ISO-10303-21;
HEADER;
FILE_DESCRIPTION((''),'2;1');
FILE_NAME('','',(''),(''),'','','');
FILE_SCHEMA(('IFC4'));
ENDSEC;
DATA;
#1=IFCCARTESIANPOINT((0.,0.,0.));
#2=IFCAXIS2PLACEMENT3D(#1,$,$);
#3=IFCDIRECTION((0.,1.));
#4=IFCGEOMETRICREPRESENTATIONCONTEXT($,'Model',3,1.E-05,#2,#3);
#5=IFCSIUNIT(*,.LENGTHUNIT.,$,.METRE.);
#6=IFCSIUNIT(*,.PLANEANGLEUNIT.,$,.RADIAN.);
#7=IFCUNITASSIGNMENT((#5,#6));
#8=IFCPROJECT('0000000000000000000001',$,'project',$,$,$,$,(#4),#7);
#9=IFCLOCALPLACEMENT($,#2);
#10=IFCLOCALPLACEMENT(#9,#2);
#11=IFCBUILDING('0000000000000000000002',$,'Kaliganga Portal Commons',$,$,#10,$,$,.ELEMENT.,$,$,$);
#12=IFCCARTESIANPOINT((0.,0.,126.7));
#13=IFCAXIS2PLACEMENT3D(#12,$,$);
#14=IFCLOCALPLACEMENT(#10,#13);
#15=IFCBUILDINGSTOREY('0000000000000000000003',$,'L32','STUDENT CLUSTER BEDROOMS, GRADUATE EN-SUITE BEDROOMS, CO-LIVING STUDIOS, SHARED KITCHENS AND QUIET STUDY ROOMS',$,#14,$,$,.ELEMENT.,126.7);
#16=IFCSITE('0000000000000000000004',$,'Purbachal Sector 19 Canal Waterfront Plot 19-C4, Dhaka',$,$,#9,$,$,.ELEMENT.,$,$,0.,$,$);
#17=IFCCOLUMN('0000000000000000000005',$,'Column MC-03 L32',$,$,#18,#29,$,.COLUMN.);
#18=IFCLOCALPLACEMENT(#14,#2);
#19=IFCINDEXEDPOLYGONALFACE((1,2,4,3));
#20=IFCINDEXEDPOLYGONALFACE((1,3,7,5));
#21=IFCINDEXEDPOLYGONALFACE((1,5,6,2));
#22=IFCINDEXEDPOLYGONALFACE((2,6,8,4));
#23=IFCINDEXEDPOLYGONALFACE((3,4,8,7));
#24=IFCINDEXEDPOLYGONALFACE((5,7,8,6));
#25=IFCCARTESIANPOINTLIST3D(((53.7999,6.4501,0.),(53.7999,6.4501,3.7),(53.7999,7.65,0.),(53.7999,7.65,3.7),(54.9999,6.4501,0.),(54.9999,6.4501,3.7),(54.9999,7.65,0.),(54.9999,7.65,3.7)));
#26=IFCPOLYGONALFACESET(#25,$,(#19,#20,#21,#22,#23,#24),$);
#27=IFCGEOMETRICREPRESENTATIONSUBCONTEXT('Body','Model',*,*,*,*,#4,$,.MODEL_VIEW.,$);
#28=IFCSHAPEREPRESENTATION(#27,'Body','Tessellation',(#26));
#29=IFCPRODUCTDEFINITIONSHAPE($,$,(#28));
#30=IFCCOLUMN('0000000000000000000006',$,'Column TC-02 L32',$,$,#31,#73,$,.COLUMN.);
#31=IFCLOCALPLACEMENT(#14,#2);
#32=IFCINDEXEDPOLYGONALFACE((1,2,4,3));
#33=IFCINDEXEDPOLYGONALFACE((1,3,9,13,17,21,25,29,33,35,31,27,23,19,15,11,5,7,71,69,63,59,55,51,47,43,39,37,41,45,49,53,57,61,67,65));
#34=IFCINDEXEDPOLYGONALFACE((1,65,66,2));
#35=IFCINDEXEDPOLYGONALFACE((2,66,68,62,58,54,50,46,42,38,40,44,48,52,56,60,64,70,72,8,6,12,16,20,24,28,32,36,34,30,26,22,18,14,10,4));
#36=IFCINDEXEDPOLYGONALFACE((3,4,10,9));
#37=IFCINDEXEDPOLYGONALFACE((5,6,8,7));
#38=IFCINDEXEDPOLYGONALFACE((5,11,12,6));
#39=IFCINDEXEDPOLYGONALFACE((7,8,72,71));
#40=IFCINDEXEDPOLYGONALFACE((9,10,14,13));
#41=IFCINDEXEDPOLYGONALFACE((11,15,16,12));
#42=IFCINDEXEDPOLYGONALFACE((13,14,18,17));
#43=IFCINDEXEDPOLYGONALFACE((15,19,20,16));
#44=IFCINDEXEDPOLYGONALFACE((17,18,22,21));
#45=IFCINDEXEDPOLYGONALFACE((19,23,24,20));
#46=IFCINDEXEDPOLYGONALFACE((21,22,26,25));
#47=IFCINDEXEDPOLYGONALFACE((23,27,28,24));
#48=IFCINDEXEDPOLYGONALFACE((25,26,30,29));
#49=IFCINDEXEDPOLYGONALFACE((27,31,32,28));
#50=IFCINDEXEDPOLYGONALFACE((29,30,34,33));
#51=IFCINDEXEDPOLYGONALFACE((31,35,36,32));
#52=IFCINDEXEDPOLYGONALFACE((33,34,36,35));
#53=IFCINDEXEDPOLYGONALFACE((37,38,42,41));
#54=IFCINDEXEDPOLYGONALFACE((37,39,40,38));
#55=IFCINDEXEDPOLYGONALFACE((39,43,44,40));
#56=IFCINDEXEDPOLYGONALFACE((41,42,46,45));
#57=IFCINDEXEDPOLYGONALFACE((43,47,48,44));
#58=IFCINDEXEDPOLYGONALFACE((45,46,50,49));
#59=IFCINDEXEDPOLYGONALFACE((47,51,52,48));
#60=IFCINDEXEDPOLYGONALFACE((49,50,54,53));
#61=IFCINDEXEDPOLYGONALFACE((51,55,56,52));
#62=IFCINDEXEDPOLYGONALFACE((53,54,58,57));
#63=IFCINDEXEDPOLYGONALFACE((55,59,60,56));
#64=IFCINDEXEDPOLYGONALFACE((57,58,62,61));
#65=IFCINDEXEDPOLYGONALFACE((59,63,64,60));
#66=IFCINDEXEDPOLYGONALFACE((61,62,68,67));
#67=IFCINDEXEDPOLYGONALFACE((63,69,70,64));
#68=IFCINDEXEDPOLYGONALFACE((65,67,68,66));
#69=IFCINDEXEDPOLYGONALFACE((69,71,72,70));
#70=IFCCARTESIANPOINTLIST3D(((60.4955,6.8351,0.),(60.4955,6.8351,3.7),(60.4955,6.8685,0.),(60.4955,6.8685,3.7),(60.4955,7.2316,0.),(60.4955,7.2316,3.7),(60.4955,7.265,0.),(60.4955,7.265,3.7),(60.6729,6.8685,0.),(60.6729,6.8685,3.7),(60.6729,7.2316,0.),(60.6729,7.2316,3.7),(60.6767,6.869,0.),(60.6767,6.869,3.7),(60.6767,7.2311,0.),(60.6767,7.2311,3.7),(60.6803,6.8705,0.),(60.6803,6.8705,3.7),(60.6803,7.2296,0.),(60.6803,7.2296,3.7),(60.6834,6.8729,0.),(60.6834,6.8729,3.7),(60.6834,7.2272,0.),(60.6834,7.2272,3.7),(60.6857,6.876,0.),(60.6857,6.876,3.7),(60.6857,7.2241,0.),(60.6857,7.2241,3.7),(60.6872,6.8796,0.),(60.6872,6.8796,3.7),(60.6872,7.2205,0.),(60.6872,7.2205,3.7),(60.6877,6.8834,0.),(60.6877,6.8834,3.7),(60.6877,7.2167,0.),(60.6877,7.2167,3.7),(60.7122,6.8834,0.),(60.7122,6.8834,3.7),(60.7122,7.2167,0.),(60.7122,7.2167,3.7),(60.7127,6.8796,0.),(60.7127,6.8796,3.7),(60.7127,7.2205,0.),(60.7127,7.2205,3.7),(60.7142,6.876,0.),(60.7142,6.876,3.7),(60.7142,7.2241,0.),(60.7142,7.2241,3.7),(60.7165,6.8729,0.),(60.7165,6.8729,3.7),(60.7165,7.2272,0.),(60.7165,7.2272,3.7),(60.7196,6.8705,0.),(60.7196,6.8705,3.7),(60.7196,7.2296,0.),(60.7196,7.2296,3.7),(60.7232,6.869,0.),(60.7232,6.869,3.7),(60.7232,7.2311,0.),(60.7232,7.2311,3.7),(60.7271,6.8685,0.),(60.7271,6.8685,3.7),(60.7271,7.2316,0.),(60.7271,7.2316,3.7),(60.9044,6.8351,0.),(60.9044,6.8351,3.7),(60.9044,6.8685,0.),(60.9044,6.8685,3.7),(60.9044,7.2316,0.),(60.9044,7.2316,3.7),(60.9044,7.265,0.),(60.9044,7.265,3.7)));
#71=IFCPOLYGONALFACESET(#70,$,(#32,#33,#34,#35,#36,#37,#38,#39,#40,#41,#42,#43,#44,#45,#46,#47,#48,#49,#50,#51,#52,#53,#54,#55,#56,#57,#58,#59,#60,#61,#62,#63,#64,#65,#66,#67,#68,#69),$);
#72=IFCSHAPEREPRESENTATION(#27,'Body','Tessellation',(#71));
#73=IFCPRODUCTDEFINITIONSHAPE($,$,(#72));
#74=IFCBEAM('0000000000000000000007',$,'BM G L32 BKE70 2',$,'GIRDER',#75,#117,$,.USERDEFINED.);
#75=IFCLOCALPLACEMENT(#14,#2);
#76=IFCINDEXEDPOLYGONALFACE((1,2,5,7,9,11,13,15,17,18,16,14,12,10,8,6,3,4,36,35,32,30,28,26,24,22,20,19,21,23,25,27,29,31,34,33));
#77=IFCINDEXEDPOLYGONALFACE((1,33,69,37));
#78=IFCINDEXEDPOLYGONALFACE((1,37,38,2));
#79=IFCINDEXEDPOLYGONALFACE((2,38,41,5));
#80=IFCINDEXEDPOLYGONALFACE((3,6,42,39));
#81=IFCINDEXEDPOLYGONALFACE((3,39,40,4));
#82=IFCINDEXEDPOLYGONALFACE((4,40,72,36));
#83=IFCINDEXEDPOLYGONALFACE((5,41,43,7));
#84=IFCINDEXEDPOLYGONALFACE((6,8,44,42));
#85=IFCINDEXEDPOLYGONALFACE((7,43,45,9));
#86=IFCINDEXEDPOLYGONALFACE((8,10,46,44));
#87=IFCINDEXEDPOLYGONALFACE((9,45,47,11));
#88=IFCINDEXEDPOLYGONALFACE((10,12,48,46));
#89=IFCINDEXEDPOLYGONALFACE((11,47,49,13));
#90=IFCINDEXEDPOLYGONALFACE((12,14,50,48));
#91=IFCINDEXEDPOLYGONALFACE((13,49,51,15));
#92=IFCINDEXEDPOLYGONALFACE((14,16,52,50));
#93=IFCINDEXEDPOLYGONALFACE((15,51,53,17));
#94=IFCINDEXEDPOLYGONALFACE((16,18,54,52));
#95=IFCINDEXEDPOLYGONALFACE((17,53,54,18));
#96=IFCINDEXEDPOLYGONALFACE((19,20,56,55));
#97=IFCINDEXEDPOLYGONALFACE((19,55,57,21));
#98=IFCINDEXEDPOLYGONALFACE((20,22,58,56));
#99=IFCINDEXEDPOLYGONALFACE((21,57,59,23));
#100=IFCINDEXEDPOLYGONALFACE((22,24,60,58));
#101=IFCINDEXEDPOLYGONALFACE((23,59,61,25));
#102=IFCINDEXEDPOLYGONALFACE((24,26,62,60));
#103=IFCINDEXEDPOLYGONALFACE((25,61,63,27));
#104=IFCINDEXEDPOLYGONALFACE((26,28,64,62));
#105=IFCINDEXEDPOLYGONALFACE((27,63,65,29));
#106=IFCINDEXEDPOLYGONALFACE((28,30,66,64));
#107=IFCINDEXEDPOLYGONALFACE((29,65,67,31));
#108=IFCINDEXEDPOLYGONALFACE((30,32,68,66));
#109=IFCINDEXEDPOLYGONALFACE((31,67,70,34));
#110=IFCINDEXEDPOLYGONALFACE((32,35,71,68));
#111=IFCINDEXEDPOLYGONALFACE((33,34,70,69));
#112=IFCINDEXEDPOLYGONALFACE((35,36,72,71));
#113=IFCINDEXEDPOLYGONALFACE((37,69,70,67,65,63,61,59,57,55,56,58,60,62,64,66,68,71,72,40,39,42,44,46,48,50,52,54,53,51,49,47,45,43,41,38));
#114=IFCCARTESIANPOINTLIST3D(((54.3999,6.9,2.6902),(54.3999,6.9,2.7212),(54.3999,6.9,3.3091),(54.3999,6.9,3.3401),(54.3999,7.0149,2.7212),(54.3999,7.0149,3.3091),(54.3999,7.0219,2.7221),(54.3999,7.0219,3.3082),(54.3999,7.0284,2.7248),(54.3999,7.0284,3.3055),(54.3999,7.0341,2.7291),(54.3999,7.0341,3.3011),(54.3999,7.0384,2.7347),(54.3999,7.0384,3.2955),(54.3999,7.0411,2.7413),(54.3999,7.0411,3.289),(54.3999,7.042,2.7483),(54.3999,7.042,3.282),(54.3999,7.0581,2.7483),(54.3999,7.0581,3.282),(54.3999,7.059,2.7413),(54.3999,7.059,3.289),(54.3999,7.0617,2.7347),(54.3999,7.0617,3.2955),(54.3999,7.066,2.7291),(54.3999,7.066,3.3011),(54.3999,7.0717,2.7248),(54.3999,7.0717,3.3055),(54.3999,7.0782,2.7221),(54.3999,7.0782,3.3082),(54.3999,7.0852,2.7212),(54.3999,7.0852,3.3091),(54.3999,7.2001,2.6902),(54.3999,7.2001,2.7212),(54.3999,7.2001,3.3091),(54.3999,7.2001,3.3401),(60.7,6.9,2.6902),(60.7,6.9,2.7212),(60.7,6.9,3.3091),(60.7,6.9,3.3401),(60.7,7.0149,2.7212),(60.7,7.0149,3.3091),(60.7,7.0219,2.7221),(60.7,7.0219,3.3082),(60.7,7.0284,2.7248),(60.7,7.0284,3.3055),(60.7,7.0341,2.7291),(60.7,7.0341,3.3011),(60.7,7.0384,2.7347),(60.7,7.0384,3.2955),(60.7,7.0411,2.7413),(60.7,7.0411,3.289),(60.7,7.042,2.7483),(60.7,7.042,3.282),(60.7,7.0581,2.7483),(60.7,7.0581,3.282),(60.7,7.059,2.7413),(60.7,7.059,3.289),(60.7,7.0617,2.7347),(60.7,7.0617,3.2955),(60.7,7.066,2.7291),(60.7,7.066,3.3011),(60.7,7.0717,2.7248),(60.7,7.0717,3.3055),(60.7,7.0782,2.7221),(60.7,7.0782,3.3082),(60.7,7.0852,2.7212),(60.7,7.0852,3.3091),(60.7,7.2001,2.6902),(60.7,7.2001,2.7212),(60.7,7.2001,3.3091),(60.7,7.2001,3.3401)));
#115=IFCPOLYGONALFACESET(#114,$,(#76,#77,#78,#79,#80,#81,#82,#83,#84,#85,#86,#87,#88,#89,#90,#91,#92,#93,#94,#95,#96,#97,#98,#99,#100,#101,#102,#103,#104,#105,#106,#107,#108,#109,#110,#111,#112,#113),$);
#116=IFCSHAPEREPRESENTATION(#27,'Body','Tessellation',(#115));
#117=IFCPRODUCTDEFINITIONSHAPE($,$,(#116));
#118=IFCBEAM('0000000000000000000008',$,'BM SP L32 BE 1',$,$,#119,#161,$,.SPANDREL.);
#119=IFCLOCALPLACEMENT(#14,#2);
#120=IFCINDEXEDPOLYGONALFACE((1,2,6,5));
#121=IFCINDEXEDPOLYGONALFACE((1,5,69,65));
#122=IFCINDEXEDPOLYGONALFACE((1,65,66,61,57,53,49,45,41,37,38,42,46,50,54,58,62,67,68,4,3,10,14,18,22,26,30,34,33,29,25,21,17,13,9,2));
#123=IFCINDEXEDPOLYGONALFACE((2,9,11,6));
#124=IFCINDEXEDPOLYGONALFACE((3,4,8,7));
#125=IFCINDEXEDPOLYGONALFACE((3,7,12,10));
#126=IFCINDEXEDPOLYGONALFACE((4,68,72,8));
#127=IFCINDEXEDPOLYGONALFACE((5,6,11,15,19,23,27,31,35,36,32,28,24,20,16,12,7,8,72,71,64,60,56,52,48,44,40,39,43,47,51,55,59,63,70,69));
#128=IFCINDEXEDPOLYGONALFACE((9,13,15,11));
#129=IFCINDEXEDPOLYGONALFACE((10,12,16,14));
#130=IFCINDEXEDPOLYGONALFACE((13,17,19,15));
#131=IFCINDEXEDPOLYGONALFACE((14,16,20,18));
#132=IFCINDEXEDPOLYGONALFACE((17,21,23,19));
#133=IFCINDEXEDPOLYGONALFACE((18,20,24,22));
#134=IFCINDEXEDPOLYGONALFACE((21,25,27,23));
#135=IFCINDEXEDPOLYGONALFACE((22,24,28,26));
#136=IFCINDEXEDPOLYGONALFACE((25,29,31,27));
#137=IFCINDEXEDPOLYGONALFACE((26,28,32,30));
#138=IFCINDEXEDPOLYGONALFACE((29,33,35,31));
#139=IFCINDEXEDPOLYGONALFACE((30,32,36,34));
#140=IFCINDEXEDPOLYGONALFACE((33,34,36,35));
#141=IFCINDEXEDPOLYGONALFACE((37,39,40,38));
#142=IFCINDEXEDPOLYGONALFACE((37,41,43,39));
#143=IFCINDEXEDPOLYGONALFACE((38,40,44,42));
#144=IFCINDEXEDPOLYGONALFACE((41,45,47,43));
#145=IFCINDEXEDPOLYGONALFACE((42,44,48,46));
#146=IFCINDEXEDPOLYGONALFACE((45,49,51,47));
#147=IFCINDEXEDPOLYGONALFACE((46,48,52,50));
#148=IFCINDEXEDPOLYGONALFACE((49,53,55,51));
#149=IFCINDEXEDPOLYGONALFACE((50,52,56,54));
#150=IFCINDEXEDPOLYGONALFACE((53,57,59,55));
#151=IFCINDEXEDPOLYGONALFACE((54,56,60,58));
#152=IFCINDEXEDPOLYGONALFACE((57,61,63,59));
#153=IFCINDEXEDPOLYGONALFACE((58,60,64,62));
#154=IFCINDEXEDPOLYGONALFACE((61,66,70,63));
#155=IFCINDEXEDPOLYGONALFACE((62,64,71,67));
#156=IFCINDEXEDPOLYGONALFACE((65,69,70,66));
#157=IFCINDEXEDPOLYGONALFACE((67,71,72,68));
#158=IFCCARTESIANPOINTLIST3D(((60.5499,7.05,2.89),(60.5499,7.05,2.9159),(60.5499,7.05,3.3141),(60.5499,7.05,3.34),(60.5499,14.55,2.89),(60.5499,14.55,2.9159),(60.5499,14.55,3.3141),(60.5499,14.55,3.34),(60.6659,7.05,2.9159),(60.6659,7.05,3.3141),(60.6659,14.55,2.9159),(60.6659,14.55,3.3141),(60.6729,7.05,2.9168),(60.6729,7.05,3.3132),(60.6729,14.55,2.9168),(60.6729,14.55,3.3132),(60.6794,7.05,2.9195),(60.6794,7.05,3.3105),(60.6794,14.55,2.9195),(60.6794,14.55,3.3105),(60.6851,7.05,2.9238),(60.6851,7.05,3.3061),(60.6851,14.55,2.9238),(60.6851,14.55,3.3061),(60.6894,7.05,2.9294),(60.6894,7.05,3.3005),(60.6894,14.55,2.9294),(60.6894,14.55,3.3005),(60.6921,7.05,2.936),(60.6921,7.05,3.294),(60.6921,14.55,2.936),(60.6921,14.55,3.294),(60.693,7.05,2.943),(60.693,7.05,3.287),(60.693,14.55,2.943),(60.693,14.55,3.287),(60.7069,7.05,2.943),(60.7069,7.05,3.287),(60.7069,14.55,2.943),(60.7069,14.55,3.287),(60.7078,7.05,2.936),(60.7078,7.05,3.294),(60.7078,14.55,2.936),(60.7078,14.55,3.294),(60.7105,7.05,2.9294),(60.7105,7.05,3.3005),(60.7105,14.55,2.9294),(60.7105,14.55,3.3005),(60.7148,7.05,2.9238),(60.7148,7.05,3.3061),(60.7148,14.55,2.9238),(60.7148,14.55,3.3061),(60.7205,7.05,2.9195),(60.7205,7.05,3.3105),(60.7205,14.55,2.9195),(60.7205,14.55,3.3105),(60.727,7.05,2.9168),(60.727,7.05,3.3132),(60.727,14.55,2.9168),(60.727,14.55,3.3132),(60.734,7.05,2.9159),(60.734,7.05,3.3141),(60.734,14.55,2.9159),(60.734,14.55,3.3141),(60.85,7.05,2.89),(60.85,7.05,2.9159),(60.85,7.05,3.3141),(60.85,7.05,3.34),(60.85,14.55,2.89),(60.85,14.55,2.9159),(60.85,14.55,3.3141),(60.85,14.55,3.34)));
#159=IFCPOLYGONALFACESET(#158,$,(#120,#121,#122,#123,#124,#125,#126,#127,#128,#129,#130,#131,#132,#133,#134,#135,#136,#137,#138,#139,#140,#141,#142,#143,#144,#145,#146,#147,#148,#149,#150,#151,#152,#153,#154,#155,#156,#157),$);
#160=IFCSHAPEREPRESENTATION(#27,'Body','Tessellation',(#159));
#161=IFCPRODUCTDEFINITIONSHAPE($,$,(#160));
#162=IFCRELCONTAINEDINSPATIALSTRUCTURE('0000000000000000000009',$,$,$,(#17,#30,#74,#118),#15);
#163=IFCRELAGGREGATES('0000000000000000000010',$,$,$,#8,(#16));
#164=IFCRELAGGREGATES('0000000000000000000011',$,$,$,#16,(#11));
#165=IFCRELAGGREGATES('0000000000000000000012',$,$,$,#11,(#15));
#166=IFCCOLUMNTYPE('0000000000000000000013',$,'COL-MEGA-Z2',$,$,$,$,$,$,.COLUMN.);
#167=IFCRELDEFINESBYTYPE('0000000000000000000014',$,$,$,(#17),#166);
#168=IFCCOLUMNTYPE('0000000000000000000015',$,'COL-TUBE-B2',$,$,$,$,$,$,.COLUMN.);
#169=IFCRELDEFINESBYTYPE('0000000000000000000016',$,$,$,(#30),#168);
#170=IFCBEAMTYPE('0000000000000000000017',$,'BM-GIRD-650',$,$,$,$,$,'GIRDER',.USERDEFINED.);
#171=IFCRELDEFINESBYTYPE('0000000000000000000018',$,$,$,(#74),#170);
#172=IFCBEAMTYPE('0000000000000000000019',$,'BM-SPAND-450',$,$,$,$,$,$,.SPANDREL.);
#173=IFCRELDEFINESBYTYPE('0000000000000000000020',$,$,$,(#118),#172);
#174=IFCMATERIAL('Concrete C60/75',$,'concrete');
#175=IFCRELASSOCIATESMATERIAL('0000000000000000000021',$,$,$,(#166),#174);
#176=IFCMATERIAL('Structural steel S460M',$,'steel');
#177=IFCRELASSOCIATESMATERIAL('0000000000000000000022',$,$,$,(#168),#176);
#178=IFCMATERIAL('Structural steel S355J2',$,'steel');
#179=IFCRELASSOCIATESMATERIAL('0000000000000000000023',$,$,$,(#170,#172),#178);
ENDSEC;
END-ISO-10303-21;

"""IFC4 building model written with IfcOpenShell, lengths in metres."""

from ifc_helpers import new_model, si_unit, direction, frame, origin, origin_2d, place, context, subcontext, project, spatial, rectangle, i_section, extrude, source, transform, mapped, material, material_profile, profile_set, type_object, element, save


model = new_model("IFC4")

# Units and contexts
model_context = context("Model", 3, precision=1e-05, world=origin(), true_north=direction((0.0, 1.0)))
body_context = subcontext(model_context, "Body", "Model", "MODEL_VIEW")
ifc_project = project(units=[si_unit("LENGTHUNIT", "METRE"), si_unit("PLANEANGLEUNIT", "RADIAN")], contexts=[model_context])

# Site, building, storey
site_placement = place(None, origin())
site = spatial("IfcSite", under=ifc_project, at=site_placement, Name="Purbachal Sector 19 Canal Waterfront Plot 19-C4, Dhaka", CompositionType="ELEMENT", RefElevation=0.0)
building_placement = place(site_placement, origin())
building = spatial("IfcBuilding", under=site, at=building_placement, Name="Kaliganga Portal Commons", CompositionType="ELEMENT")
storey_placement = place(building_placement, frame((0.0, 0.0, 126.7)))
storey = spatial("IfcBuildingStorey", under=building, at=storey_placement, Name="L32", Description="STUDENT CLUSTER BEDROOMS, GRADUATE EN-SUITE BEDROOMS, CO-LIVING STUDIOS, SHARED KITCHENS AND QUIET STUDY ROOMS", CompositionType="ELEMENT", Elevation=126.7)

# Columns
ifc_material_1 = material(Name="Concrete C60/75", Category="concrete")
ifc_material_profile_1 = material_profile(ifc_material_1, rectangle(XDim=1.2, YDim=1.2, at=origin_2d()), Name="RC 1200x1200")
ifc_profile_set_1 = profile_set([ifc_material_profile_1], Name="Concrete C60/75")
column_type_1 = type_object("IfcColumnType", Name="COL-MEGA-Z2", PredefinedType="COLUMN", material=ifc_profile_set_1)
shared_shape_1 = source(origin(), body_context, "Body", "SweptSolid", [
    extrude(rectangle(XDim=1.2, YDim=1.2, at=origin_2d()), origin(), (0.0, 0.0, 1.0), 3.7),
])
column_1_placement = place(storey_placement, frame((54.3999, 7.05, 0.0), z_axis=(0.0, 0.0, 1.0), x_axis=(1.0, 0.0, 0.0)))
element("IfcColumn", 1, at=column_1_placement, inside=storey, type_object=column_type_1, Name="Column MC-03 L32", PredefinedType="COLUMN", context=body_context, shape_type="MappedRepresentation", body=[
    mapped(shared_shape_1, transform((0.0, 0.0, 0.0), x_axis=(1.0, 0.0, 0.0), y_axis=(0.0, 1.0, 0.0), z_axis=(0.0, 0.0, 1.0), scale=1.0)),
])
ifc_material_2 = material(Name="Structural steel S460M", Category="steel")
ifc_material_profile_2 = material_profile(ifc_material_2, i_section(OverallWidth=0.4089, OverallDepth=0.4299, WebThickness=0.0244, FlangeThickness=0.0334, FilletRadius=0.0149, at=origin_2d()), Name="HD 400x421")
ifc_profile_set_2 = profile_set([ifc_material_profile_2], Name="Structural steel S460M wide-flange")
column_type_2 = type_object("IfcColumnType", Name="COL-TUBE-B2", PredefinedType="COLUMN", material=ifc_profile_set_2)
shared_shape_2 = source(origin(), body_context, "Body", "SweptSolid", [
    extrude(i_section(OverallWidth=0.4089, OverallDepth=0.4299, WebThickness=0.0244, FlangeThickness=0.0334, FilletRadius=0.0149, at=origin_2d()), origin(), (0.0, 0.0, 1.0), 3.7),
])
column_2_placement = place(storey_placement, frame((60.7, 7.05, 0.0), z_axis=(0.0, 0.0, 1.0), x_axis=(1.0, 0.0, 0.0)))
element("IfcColumn", 2, at=column_2_placement, inside=storey, type_object=column_type_2, Name="Column TC-02 L32", PredefinedType="COLUMN", context=body_context, shape_type="MappedRepresentation", body=[
    mapped(shared_shape_2, transform((0.0, 0.0, 0.0), x_axis=(1.0, 0.0, 0.0), y_axis=(0.0, 1.0, 0.0), z_axis=(0.0, 0.0, 1.0), scale=1.0)),
])

# Beams
ifc_material_3 = material(Name="Structural steel S355J2", Category="steel")
ifc_material_profile_3 = material_profile(ifc_material_3, i_section(OverallWidth=0.3, OverallDepth=0.6499, WebThickness=0.0161, FlangeThickness=0.031, FilletRadius=0.0271, at=origin_2d()), Name="HE 650 B")
ifc_profile_set_3 = profile_set([ifc_material_profile_3], Name="Structural steel S355J2 wide-flange")
beam_type_1 = type_object("IfcBeamType", Name="BM-GIRD-650", ElementType="GIRDER", PredefinedType="USERDEFINED", material=ifc_profile_set_3)
shared_shape_3 = source(origin(), body_context, "Body", "SweptSolid", [
    extrude(i_section(OverallWidth=0.3, OverallDepth=0.6499, WebThickness=0.0161, FlangeThickness=0.031, FilletRadius=0.0271, at=origin_2d()), origin(), (0.0, 0.0, 1.0), 6.3),
])
beam_1_placement = place(storey_placement, frame((54.3999, 7.05, 3.0151), z_axis=(1.0, 0.0, 0.0), x_axis=(0.0, 1.0, 0.0)))
element("IfcBeam", 3, at=beam_1_placement, inside=storey, type_object=beam_type_1, Name="BM G L32 BKE70 2", ObjectType="GIRDER", PredefinedType="USERDEFINED", context=body_context, shape_type="MappedRepresentation", body=[
    mapped(shared_shape_3, transform((0.0, 0.0, 0.0), x_axis=(1.0, 0.0, 0.0), y_axis=(0.0, 1.0, 0.0), z_axis=(0.0, 0.0, 1.0), scale=1.0)),
])
ifc_material_profile_4 = material_profile(ifc_material_3, i_section(OverallWidth=0.3, OverallDepth=0.45, WebThickness=0.0139, FlangeThickness=0.0259, FilletRadius=0.0271, at=origin_2d()), Name="HE 450 B")
ifc_profile_set_4 = profile_set([ifc_material_profile_4], Name="Structural steel S355J2 wide-flange")
beam_type_2 = type_object("IfcBeamType", Name="BM-SPAND-450", PredefinedType="SPANDREL", material=ifc_profile_set_4)
shared_shape_4 = source(origin(), body_context, "Body", "SweptSolid", [
    extrude(i_section(OverallWidth=0.3, OverallDepth=0.45, WebThickness=0.0139, FlangeThickness=0.0259, FilletRadius=0.0271, at=origin_2d()), origin(), (0.0, 0.0, 1.0), 7.5),
])
beam_2_placement = place(storey_placement, frame((60.7, 7.05, 3.115), z_axis=(0.0, 1.0, 0.0), x_axis=(-1.0, 0.0, 0.0)))
element("IfcBeam", 4, at=beam_2_placement, inside=storey, type_object=beam_type_2, Name="BM SP L32 BE 1", PredefinedType="SPANDREL", context=body_context, shape_type="MappedRepresentation", body=[
    mapped(shared_shape_4, transform((0.0, 0.0, 0.0), x_axis=(1.0, 0.0, 0.0), y_axis=(0.0, 1.0, 0.0), z_axis=(0.0, 0.0, 1.0), scale=1.0)),
])

save(model, "model.ifc")
